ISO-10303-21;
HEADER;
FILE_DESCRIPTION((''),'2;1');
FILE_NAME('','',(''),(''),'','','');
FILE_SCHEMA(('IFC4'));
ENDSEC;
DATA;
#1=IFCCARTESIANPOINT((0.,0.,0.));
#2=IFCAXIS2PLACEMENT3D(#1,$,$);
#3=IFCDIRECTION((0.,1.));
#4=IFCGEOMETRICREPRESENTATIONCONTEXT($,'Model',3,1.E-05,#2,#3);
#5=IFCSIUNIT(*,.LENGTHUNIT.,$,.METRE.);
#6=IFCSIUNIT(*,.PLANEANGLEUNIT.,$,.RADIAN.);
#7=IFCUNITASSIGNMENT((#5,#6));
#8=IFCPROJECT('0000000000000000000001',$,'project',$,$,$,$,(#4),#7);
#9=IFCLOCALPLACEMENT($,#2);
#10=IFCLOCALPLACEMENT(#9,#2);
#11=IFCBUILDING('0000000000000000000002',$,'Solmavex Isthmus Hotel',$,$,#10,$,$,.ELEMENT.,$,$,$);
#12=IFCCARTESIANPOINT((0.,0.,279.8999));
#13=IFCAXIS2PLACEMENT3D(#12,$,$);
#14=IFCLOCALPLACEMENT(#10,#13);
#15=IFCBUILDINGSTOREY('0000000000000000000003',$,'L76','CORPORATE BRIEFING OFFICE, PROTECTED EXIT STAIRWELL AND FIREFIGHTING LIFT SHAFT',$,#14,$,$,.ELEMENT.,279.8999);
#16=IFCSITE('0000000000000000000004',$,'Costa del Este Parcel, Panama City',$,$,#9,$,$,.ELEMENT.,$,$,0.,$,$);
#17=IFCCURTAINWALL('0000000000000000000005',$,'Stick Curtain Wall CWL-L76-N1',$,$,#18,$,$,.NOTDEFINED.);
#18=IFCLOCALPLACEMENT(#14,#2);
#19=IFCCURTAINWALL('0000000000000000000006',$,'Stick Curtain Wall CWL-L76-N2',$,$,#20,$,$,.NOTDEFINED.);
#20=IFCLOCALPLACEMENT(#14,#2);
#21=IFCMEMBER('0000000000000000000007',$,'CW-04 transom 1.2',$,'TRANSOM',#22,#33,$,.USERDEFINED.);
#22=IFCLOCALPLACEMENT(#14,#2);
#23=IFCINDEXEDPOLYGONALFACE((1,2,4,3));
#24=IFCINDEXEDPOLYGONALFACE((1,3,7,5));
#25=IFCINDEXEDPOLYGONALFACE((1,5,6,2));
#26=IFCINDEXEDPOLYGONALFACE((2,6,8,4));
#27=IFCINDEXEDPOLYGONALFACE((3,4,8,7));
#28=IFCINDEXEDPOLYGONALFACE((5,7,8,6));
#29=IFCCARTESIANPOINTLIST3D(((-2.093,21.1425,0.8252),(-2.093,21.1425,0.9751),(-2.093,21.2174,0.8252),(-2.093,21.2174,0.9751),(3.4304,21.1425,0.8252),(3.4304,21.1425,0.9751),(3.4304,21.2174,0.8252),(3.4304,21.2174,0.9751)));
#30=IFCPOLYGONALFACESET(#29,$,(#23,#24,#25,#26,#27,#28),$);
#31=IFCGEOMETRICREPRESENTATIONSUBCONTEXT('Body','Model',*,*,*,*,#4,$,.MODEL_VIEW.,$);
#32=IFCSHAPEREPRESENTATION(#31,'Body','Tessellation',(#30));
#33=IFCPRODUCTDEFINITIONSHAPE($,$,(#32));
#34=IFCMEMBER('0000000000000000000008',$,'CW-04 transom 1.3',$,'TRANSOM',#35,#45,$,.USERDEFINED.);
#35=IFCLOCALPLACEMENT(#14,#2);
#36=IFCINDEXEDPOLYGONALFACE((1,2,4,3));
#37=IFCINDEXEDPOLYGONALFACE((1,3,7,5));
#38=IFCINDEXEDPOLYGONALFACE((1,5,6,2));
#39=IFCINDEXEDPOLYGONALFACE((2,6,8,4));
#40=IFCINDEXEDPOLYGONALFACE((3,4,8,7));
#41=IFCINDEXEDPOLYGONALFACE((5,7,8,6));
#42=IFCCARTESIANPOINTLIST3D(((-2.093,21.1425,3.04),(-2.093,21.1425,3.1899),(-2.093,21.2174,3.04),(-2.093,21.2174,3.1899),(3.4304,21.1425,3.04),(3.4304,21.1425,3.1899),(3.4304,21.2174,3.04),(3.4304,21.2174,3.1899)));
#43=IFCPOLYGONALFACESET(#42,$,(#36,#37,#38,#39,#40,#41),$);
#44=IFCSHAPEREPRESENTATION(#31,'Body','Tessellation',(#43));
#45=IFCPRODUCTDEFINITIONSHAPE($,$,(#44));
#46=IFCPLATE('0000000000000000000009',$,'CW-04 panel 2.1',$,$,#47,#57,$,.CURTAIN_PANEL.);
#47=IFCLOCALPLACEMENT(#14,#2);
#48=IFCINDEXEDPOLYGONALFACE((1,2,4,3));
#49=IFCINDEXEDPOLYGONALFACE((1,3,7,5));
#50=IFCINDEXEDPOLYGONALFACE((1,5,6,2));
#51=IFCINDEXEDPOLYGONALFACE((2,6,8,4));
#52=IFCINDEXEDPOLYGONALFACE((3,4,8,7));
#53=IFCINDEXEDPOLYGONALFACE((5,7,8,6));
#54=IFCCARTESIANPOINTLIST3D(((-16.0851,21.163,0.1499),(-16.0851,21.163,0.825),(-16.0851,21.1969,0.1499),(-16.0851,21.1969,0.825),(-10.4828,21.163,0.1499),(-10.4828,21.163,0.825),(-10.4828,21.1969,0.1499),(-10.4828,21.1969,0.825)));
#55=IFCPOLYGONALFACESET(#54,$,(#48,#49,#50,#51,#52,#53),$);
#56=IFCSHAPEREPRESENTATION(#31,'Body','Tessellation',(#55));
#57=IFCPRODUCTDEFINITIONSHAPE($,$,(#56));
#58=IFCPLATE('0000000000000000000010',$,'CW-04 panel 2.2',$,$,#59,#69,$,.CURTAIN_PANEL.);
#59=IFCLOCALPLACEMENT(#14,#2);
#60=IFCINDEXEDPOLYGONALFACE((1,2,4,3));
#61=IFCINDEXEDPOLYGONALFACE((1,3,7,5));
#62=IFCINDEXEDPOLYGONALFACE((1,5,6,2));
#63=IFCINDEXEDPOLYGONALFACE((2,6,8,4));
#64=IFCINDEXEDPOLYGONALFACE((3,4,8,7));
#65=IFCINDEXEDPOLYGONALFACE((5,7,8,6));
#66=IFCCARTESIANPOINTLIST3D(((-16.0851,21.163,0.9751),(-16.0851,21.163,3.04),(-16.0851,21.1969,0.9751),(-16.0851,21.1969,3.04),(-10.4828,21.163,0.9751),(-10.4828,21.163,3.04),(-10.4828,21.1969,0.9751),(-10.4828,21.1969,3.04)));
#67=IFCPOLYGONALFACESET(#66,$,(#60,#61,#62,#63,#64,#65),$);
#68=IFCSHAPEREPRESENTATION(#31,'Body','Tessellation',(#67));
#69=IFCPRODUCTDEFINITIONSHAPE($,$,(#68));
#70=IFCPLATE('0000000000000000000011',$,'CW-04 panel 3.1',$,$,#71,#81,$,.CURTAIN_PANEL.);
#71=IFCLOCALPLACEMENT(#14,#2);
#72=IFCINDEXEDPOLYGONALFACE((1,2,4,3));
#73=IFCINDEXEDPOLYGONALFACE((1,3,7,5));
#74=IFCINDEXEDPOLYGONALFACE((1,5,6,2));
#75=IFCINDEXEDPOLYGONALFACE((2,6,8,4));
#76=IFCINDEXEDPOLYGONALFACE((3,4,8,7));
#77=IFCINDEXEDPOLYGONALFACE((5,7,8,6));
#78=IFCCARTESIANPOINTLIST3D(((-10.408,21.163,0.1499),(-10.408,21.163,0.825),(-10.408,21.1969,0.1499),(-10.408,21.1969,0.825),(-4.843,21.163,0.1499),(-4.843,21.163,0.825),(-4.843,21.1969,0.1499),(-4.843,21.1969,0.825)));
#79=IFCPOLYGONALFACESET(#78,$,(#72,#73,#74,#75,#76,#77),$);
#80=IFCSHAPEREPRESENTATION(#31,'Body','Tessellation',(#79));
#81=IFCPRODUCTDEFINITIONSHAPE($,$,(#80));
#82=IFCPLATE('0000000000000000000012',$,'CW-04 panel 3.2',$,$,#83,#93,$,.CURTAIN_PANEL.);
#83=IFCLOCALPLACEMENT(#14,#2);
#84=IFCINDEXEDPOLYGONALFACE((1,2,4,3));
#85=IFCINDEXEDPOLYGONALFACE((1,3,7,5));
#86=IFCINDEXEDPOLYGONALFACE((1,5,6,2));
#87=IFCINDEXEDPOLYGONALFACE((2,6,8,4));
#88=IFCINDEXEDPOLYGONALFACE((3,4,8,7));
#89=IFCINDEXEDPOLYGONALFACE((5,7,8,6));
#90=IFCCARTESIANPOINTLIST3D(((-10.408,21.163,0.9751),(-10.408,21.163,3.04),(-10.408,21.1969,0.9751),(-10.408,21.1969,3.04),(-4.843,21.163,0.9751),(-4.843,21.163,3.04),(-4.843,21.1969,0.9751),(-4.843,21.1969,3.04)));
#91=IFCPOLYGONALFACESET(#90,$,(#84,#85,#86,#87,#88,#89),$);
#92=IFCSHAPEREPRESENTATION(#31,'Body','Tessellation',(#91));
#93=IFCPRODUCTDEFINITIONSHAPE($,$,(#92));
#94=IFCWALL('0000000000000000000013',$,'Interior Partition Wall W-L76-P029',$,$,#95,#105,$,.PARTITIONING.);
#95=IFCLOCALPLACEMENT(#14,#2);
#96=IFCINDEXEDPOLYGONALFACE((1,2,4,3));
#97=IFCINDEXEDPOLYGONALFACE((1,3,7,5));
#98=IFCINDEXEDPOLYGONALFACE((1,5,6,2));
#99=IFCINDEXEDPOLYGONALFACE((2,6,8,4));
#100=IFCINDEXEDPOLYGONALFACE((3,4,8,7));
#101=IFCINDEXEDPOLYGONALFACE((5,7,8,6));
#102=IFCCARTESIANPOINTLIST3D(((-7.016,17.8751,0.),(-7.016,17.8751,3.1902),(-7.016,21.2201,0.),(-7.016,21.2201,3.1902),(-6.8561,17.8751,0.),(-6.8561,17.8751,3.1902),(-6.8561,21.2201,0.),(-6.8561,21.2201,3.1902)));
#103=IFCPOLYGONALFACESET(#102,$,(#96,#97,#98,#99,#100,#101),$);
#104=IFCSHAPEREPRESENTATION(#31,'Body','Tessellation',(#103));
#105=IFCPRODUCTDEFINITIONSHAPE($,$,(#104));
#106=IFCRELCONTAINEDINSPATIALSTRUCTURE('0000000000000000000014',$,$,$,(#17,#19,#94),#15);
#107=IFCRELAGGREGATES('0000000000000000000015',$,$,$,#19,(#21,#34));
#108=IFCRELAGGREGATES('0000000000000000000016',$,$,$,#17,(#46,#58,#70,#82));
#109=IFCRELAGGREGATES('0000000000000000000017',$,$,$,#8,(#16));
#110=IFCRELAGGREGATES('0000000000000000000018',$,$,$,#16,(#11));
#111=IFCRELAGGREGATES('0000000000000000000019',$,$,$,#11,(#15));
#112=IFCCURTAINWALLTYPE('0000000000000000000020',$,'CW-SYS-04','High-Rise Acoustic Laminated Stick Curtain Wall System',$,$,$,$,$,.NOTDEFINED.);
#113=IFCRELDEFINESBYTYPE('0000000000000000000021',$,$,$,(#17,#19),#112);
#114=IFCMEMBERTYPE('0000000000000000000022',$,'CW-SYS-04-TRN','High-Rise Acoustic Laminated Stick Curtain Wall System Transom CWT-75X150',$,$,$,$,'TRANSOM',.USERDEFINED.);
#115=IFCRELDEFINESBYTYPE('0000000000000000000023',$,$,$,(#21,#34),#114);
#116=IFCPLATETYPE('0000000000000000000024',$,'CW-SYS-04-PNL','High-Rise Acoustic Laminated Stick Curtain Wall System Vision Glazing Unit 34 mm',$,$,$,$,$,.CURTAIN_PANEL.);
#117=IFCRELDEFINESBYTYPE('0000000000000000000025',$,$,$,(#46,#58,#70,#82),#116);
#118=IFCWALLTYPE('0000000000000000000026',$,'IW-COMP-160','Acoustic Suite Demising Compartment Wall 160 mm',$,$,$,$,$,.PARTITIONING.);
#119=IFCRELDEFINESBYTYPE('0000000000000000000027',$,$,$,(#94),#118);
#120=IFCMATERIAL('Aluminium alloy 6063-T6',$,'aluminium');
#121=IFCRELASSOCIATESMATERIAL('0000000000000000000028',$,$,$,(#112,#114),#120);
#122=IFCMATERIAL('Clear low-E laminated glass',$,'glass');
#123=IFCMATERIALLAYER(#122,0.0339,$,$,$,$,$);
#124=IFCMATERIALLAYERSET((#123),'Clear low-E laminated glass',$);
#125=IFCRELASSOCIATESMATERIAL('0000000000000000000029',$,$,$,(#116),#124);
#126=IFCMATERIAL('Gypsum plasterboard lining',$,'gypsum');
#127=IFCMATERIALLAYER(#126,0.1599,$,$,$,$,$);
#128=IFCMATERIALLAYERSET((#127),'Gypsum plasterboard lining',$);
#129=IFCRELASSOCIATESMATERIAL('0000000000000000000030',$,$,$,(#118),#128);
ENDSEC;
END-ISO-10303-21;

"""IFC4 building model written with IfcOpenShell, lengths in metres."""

from ifc_helpers import new_model, si_unit, direction, frame, frame_2d, origin, origin_2d, place, context, subcontext, project, spatial, rectangle, extrude, material, layer, layer_set, material_profile, profile_set, type_object, element, aggregate, save


model = new_model("IFC4")

# Units and contexts
model_context = context("Model", 3, precision=1e-05, world=origin(), true_north=direction((0.0, 1.0)))
body_context = subcontext(model_context, "Body", "Model", "MODEL_VIEW")
ifc_project = project(units=[si_unit("LENGTHUNIT", "METRE"), si_unit("PLANEANGLEUNIT", "RADIAN")], contexts=[model_context])

# Site, building, storey
site_placement = place(None, origin())
site = spatial("IfcSite", under=ifc_project, at=site_placement, Name="Costa del Este Parcel, Panama City", CompositionType="ELEMENT", RefElevation=0.0)
building_placement = place(site_placement, origin())
building = spatial("IfcBuilding", under=site, at=building_placement, Name="Solmavex Isthmus Hotel", CompositionType="ELEMENT")
storey_placement = place(building_placement, frame((0.0, 0.0, 279.8999)))
storey = spatial("IfcBuildingStorey", under=building, at=storey_placement, Name="L76", Description="CORPORATE BRIEFING OFFICE, PROTECTED EXIT STAIRWELL AND FIREFIGHTING LIFT SHAFT", CompositionType="ELEMENT", Elevation=279.8999)

# Curtain wall
ifc_material_1 = material(Name="Aluminium alloy 6063-T6", Category="aluminium")
curtain_wall_type = type_object("IfcCurtainWallType", Name="CW-SYS-04", Description="High-Rise Acoustic Laminated Stick Curtain Wall System", PredefinedType="NOTDEFINED", material=ifc_material_1)
curtain_wall_1_placement = place(storey_placement, origin())
curtain_wall_1 = element("IfcCurtainWall", 1, at=curtain_wall_1_placement, inside=storey, type_object=curtain_wall_type, Name="Stick Curtain Wall CWL-L76-N1", PredefinedType="NOTDEFINED")

# Curtain wall
curtain_wall_2_placement = place(storey_placement, origin())
curtain_wall_2 = element("IfcCurtainWall", 2, at=curtain_wall_2_placement, inside=storey, type_object=curtain_wall_type, Name="Stick Curtain Wall CWL-L76-N2", PredefinedType="NOTDEFINED")

# Members
ifc_material_profile_1 = material_profile(ifc_material_1, rectangle(XDim=0.075, YDim=0.1499, at=origin_2d()), Name="CWT-75X150")
ifc_profile_set_1 = profile_set([ifc_material_profile_1], Name="Aluminium alloy 6063-T6")
member_type_1 = type_object("IfcMemberType", Name="CW-SYS-04-TRN", Description="High-Rise Acoustic Laminated Stick Curtain Wall System Transom CWT-75X150", ElementType="TRANSOM", PredefinedType="USERDEFINED", material=ifc_profile_set_1)
member_1_placement = place(storey_placement, frame((-2.093, 21.1799, 0.9001), z_axis=(1.0, 0.0, 0.0), x_axis=(0.0, 1.0, 0.0)))
member_1 = element("IfcMember", 3, at=member_1_placement, type_object=member_type_1, Name="CW-04 transom 1.2", ObjectType="TRANSOM", PredefinedType="USERDEFINED", context=body_context, shape_type="SweptSolid", body=[
    extrude(rectangle(XDim=0.075, YDim=0.1499, at=origin_2d()), origin(), (0.0, 0.0, 1.0), 5.5234),
])
member_2_placement = place(storey_placement, frame((-2.093, 21.1799, 3.115), z_axis=(1.0, 0.0, 0.0), x_axis=(0.0, 1.0, 0.0)))
member_2 = element("IfcMember", 4, at=member_2_placement, type_object=member_type_1, Name="CW-04 transom 1.3", ObjectType="TRANSOM", PredefinedType="USERDEFINED", context=body_context, shape_type="SweptSolid", body=[
    extrude(rectangle(XDim=0.075, YDim=0.1499, at=origin_2d()), origin(), (0.0, 0.0, 1.0), 5.5234),
])
aggregate(curtain_wall_2, [member_1, member_2])

# Plates
ifc_material_2 = material(Name="Clear low-E laminated glass", Category="glass")
ifc_layer_1 = layer(ifc_material_2, 0.0339)
ifc_layer_set_1 = layer_set([ifc_layer_1], Name="Clear low-E laminated glass")
plate_type = type_object("IfcPlateType", Name="CW-SYS-04-PNL", Description="High-Rise Acoustic Laminated Stick Curtain Wall System Vision Glazing Unit 34 mm", PredefinedType="CURTAIN_PANEL", material=ifc_layer_set_1)
plate_1_placement = place(storey_placement, frame((-13.2839, 21.1799, 0.1499), z_axis=(0.0, 0.0, 1.0), x_axis=(1.0, 0.0, 0.0)))
plate_1 = element("IfcPlate", 5, at=plate_1_placement, type_object=plate_type, Name="CW-04 panel 2.1", PredefinedType="CURTAIN_PANEL", context=body_context, shape_type="SweptSolid", body=[
    extrude(rectangle(XDim=5.6023, YDim=0.0339, at=origin_2d()), origin(), (0.0, 0.0, 1.0), 0.675),
])
plate_2_placement = place(storey_placement, frame((-13.2839, 21.1799, 0.9751), z_axis=(0.0, 0.0, 1.0), x_axis=(1.0, 0.0, 0.0)))
plate_2 = element("IfcPlate", 6, at=plate_2_placement, type_object=plate_type, Name="CW-04 panel 2.2", PredefinedType="CURTAIN_PANEL", context=body_context, shape_type="SweptSolid", body=[
    extrude(rectangle(XDim=5.6023, YDim=0.0339, at=origin_2d()), origin(), (0.0, 0.0, 1.0), 2.0649),
])
plate_3_placement = place(storey_placement, frame((-7.6255, 21.1799, 0.1499), z_axis=(0.0, 0.0, 1.0), x_axis=(1.0, 0.0, 0.0)))
plate_3 = element("IfcPlate", 7, at=plate_3_placement, type_object=plate_type, Name="CW-04 panel 3.1", PredefinedType="CURTAIN_PANEL", context=body_context, shape_type="SweptSolid", body=[
    extrude(rectangle(XDim=5.5649, YDim=0.0339, at=origin_2d()), origin(), (0.0, 0.0, 1.0), 0.675),
])
plate_4_placement = place(storey_placement, frame((-7.6255, 21.1799, 0.9751), z_axis=(0.0, 0.0, 1.0), x_axis=(1.0, 0.0, 0.0)))
plate_4 = element("IfcPlate", 8, at=plate_4_placement, type_object=plate_type, Name="CW-04 panel 3.2", PredefinedType="CURTAIN_PANEL", context=body_context, shape_type="SweptSolid", body=[
    extrude(rectangle(XDim=5.5649, YDim=0.0339, at=origin_2d()), origin(), (0.0, 0.0, 1.0), 2.0649),
])
aggregate(curtain_wall_1, [plate_1, plate_2, plate_3, plate_4])

# Wall
ifc_material_3 = material(Name="Gypsum plasterboard lining", Category="gypsum")
ifc_layer_2 = layer(ifc_material_3, 0.1599)
ifc_layer_set_2 = layer_set([ifc_layer_2], Name="Gypsum plasterboard lining")
wall_type_1 = type_object("IfcWallType", Name="IW-COMP-160", Description="Acoustic Suite Demising Compartment Wall 160 mm", PredefinedType="PARTITIONING", material=ifc_layer_set_2)
wall_1_placement = place(storey_placement, frame((-6.936, 21.22, 0.0), z_axis=(0.0, 0.0, 1.0), x_axis=(0.0, -1.0, 0.0)))
element("IfcWall", 9, at=wall_1_placement, inside=storey, type_object=wall_type_1, Name="Interior Partition Wall W-L76-P029", PredefinedType="PARTITIONING", context=body_context, shape_type="SweptSolid", body=[
    extrude(rectangle(XDim=3.345, YDim=0.1599, at=frame_2d((1.6724, 0.0))), origin(), (0.0, 0.0, 1.0), 3.1902),
])

save(model, "model.ifc")
